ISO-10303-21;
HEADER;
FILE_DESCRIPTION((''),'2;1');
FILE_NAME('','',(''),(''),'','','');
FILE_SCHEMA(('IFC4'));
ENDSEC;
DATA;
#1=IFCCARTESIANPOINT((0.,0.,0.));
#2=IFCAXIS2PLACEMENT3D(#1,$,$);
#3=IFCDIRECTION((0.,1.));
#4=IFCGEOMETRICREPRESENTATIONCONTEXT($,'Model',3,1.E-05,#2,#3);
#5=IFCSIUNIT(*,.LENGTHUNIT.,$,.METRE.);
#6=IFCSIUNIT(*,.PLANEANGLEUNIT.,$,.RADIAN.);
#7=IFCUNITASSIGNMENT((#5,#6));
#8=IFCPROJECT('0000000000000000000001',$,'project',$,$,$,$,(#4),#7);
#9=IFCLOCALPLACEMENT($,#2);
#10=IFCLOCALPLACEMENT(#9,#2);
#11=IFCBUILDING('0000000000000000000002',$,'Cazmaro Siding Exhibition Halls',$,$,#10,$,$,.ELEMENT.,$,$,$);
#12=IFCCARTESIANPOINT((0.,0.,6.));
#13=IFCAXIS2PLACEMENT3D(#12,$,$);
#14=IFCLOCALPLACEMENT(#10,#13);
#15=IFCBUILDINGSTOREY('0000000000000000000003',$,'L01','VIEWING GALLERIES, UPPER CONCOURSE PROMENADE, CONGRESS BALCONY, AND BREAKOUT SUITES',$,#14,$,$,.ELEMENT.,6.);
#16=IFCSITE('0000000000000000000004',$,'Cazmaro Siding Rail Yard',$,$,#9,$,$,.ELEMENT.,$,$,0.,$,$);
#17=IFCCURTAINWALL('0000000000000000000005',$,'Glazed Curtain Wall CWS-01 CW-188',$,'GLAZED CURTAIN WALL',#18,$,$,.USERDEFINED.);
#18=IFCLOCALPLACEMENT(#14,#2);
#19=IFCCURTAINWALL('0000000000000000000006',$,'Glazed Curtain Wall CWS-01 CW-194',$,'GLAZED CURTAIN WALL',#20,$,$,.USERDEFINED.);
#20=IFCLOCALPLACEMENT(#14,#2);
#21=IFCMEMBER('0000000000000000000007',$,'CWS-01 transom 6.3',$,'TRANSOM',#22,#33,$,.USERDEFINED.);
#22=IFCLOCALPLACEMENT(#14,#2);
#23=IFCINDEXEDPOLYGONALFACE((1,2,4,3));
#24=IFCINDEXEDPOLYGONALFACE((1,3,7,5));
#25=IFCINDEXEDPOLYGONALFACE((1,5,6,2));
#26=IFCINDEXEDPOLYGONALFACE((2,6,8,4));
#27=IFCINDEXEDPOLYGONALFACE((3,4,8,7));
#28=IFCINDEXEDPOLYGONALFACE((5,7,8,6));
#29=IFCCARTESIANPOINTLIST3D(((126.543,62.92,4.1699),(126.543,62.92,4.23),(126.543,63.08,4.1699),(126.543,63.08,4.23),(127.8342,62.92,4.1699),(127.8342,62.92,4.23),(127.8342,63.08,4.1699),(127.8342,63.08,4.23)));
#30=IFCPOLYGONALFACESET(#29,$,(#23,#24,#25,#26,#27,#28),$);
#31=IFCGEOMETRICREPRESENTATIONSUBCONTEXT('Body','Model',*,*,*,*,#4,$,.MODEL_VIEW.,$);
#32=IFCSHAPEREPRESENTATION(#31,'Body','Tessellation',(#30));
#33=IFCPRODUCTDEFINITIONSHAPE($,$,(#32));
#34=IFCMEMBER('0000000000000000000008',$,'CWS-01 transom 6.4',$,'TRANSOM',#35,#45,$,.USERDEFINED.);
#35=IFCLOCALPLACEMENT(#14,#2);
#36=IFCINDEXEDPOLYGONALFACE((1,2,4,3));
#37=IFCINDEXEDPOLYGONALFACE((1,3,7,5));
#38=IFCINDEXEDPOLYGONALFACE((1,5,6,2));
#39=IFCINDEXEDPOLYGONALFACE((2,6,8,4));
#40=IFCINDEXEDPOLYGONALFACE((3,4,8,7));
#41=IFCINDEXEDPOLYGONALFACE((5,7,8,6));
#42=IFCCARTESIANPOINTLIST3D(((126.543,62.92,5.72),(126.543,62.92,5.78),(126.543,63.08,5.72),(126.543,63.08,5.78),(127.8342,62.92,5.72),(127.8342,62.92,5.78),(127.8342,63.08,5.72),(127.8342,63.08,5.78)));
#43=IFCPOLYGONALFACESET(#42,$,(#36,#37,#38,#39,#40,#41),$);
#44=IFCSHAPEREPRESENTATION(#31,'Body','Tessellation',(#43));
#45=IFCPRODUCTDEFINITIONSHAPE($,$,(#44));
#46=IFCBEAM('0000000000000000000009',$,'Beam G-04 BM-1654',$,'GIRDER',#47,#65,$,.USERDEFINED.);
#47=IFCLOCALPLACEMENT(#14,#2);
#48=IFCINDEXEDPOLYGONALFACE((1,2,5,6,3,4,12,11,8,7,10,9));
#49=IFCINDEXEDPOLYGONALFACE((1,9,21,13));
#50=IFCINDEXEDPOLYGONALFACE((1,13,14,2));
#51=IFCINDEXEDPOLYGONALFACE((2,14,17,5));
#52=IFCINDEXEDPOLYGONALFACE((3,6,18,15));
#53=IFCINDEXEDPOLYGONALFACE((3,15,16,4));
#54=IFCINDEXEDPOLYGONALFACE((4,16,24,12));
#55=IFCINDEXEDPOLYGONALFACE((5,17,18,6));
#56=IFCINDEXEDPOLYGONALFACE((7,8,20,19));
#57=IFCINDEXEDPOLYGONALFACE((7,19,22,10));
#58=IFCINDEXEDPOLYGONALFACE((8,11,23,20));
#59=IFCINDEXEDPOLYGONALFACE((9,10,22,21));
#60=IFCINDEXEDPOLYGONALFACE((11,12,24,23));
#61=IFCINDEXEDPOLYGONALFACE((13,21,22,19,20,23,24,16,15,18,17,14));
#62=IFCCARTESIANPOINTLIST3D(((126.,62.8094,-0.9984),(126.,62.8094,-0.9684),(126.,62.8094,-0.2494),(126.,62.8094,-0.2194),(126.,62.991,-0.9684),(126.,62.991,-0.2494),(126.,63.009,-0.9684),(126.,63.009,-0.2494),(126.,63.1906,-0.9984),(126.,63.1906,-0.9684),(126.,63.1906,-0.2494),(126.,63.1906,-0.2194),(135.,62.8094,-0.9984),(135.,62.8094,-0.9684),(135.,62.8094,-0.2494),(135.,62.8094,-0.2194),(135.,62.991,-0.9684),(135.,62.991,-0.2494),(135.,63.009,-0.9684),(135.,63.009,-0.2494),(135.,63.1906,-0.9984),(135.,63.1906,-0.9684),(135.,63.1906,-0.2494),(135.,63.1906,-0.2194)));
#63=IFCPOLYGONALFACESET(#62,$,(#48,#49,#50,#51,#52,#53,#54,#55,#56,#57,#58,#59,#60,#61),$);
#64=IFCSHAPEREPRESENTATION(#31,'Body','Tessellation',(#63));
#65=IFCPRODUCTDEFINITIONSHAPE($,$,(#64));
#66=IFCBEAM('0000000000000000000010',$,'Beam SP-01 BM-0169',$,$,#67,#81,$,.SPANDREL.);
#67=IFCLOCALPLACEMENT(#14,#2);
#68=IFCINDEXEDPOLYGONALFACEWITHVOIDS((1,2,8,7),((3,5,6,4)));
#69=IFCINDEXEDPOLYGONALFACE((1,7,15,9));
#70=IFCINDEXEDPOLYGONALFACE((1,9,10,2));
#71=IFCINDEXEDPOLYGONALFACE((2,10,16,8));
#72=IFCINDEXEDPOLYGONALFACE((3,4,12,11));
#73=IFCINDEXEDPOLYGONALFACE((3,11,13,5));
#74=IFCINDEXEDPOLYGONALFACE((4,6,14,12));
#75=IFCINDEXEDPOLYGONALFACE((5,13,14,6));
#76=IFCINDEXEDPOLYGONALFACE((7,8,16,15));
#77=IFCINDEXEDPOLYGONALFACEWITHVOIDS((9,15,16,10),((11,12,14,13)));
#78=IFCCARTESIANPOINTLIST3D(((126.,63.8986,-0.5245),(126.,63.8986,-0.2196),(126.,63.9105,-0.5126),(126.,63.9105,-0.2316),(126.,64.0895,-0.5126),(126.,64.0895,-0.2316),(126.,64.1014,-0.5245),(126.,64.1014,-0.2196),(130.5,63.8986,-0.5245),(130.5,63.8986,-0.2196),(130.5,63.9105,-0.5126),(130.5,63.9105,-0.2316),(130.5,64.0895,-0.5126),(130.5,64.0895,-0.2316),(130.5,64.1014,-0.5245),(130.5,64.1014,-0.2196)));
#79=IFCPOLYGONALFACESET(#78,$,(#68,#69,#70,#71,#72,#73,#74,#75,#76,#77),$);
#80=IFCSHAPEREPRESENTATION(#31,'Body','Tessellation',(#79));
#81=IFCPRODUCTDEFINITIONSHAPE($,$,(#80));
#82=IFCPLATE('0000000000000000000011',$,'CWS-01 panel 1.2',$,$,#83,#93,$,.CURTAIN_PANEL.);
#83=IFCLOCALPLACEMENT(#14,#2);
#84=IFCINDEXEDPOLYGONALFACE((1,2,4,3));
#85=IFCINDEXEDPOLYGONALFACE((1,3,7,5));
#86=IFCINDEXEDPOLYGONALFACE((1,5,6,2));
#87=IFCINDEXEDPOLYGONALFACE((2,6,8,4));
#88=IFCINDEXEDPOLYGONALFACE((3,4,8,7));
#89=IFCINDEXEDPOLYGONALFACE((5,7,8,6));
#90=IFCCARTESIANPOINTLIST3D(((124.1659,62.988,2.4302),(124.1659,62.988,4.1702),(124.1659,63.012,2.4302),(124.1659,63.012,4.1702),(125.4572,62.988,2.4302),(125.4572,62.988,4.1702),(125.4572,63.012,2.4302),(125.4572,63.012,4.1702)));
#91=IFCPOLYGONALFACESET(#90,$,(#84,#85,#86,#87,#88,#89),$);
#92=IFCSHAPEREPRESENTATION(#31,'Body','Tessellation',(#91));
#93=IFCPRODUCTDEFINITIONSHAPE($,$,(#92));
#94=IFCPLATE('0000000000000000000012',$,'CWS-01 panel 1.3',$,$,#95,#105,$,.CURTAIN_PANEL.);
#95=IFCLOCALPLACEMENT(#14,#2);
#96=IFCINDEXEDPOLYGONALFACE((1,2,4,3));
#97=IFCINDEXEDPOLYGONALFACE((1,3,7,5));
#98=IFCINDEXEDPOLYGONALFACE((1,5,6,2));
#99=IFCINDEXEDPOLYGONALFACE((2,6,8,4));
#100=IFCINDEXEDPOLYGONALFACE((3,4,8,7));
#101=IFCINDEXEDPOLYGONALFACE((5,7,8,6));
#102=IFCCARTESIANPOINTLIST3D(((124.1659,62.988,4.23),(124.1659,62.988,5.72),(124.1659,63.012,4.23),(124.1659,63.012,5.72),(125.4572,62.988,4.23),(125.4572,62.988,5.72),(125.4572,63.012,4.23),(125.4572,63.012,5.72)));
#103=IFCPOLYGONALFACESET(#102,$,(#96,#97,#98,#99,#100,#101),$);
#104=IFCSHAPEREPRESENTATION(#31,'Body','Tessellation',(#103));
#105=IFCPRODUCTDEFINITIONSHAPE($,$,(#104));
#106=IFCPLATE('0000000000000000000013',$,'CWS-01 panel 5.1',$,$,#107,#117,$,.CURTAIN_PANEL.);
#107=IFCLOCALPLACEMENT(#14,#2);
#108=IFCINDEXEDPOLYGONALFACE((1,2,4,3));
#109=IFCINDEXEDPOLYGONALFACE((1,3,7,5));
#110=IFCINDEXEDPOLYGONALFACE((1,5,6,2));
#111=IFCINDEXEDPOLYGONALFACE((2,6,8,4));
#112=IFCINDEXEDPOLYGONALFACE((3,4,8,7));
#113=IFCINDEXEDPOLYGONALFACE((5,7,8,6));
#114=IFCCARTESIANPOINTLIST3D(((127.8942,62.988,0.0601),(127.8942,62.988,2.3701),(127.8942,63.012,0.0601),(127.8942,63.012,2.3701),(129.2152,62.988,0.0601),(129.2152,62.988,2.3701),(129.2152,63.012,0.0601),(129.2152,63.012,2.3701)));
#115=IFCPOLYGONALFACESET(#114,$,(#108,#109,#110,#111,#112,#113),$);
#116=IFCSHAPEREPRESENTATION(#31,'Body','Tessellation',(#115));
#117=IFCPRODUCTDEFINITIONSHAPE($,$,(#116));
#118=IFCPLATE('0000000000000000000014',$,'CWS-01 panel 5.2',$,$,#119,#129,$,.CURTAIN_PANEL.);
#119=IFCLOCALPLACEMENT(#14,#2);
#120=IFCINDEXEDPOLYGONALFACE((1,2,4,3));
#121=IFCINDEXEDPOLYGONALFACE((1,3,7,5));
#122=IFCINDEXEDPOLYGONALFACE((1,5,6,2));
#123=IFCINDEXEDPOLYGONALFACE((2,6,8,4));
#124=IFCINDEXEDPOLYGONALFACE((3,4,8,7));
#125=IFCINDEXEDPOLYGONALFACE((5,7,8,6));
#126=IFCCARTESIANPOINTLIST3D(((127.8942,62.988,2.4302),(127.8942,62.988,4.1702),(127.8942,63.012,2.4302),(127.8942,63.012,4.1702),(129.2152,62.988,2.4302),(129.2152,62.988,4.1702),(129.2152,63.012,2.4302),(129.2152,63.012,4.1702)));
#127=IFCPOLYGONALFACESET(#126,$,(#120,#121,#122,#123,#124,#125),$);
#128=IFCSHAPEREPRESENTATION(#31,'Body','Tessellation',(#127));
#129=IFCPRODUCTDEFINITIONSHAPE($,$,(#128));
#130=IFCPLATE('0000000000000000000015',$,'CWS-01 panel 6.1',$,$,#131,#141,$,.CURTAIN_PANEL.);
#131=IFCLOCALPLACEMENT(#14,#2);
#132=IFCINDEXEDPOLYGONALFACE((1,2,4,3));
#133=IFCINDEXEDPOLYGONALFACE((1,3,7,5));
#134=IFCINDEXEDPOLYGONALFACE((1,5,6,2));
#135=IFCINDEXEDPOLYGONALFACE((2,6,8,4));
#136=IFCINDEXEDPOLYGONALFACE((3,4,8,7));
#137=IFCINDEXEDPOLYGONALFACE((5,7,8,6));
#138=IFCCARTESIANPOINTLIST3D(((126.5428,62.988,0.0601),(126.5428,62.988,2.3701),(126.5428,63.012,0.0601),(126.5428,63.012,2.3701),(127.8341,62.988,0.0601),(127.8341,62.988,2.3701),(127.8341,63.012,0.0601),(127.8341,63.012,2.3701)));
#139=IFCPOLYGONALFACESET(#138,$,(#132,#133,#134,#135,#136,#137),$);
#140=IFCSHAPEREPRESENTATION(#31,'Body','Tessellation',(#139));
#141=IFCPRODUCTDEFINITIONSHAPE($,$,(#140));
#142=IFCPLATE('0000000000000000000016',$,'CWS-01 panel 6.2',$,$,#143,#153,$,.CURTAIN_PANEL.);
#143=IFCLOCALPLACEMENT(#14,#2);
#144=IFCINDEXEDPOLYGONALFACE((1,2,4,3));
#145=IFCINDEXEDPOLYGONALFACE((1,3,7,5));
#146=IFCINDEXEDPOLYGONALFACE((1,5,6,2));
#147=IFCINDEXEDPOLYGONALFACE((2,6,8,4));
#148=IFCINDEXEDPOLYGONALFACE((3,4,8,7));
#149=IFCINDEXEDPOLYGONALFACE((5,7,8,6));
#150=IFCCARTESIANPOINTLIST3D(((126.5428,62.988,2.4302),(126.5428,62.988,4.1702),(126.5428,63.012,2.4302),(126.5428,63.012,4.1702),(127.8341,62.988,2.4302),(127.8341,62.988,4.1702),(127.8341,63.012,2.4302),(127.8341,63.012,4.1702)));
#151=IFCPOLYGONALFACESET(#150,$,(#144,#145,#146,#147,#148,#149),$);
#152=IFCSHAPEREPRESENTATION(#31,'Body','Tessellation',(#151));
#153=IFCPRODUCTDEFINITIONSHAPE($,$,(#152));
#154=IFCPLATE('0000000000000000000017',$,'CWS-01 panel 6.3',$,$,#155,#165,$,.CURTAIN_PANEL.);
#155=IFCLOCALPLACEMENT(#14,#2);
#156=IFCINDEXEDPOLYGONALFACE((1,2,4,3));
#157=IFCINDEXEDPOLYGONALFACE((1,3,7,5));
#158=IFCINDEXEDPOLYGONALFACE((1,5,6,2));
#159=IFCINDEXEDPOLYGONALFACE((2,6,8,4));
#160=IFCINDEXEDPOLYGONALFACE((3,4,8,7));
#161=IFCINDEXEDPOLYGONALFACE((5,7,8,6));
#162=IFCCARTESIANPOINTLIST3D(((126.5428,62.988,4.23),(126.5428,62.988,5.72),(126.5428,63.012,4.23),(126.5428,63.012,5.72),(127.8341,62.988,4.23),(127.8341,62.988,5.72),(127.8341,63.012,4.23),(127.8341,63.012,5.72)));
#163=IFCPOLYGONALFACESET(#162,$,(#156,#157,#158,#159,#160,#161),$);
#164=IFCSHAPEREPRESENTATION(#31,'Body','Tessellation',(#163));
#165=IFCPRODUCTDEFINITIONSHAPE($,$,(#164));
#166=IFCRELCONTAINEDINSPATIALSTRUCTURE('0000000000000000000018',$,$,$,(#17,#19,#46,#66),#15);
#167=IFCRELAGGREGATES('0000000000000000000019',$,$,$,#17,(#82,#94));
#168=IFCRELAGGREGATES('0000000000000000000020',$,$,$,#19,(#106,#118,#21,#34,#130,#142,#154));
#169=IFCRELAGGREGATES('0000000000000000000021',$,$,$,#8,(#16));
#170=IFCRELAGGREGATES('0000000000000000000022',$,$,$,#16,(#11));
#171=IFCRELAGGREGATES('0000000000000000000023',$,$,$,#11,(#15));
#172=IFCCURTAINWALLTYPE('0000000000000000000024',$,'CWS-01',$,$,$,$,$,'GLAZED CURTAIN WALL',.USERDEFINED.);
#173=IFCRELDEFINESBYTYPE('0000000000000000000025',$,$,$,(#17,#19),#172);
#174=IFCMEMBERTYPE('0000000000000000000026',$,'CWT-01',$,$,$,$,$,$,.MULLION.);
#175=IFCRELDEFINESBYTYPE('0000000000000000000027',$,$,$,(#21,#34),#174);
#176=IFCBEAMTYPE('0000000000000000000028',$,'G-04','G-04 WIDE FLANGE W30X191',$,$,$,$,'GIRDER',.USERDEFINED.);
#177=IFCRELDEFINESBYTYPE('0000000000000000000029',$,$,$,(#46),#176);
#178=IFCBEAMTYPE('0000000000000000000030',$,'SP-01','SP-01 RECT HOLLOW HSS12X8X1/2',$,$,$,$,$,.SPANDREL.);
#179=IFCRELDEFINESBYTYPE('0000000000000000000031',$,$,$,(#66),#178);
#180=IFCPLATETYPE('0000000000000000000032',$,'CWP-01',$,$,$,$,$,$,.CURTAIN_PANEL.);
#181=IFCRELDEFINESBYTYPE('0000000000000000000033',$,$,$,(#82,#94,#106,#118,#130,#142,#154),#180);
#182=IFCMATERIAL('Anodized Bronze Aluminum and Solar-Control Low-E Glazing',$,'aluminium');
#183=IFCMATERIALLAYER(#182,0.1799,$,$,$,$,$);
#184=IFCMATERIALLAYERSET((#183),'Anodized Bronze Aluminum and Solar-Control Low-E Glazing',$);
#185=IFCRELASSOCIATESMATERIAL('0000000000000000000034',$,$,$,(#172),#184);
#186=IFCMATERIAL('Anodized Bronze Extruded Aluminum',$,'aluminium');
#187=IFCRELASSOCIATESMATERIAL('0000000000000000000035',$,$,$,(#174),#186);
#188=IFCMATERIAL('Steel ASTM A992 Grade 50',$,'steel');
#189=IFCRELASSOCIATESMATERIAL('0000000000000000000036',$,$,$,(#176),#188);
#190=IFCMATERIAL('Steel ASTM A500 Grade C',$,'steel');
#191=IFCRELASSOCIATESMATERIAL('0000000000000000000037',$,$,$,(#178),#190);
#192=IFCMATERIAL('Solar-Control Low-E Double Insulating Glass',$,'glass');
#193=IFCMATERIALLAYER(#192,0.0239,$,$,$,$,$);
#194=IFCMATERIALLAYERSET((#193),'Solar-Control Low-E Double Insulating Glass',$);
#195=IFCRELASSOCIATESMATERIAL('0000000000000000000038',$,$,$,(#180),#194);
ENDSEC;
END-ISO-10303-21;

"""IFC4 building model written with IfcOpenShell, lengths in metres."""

from ifc_helpers import new_model, si_unit, direction, frame, origin, origin_2d, place, context, subcontext, project, spatial, rectangle, hollow_rectangle, i_section, extrude, material, layer, layer_set, material_profile, profile_set, type_object, element, aggregate, save


model = new_model("IFC4")

# Units and contexts
model_context = context("Model", 3, precision=1e-05, world=origin(), true_north=direction((0.0, 1.0)))
body_context = subcontext(model_context, "Body", "Model", "MODEL_VIEW")
ifc_project = project(units=[si_unit("LENGTHUNIT", "METRE"), si_unit("PLANEANGLEUNIT", "RADIAN")], contexts=[model_context])

# Site, building, storey
site_placement = place(None, origin())
site = spatial("IfcSite", under=ifc_project, at=site_placement, Name="Cazmaro Siding Rail Yard", CompositionType="ELEMENT", RefElevation=0.0)
building_placement = place(site_placement, origin())
building = spatial("IfcBuilding", under=site, at=building_placement, Name="Cazmaro Siding Exhibition Halls", CompositionType="ELEMENT")
storey_placement = place(building_placement, frame((0.0, 0.0, 6.0)))
storey = spatial("IfcBuildingStorey", under=building, at=storey_placement, Name="L01", Description="VIEWING GALLERIES, UPPER CONCOURSE PROMENADE, CONGRESS BALCONY, AND BREAKOUT SUITES", CompositionType="ELEMENT", Elevation=6.0)

# Curtain wall
ifc_material_1 = material(Name="Anodized Bronze Aluminum and Solar-Control Low-E Glazing", Category="aluminium")
ifc_layer_1 = layer(ifc_material_1, 0.1799)
ifc_layer_set_1 = layer_set([ifc_layer_1], Name="Anodized Bronze Aluminum and Solar-Control Low-E Glazing")
curtain_wall_type = type_object("IfcCurtainWallType", Name="CWS-01", ElementType="GLAZED CURTAIN WALL", PredefinedType="USERDEFINED", material=ifc_layer_set_1)
curtain_wall_1_placement = place(storey_placement, origin())
curtain_wall_1 = element("IfcCurtainWall", 1, at=curtain_wall_1_placement, inside=storey, type_object=curtain_wall_type, Name="Glazed Curtain Wall CWS-01 CW-188", ObjectType="GLAZED CURTAIN WALL", PredefinedType="USERDEFINED")

# Curtain wall
curtain_wall_2_placement = place(storey_placement, origin())
curtain_wall_2 = element("IfcCurtainWall", 2, at=curtain_wall_2_placement, inside=storey, type_object=curtain_wall_type, Name="Glazed Curtain Wall CWS-01 CW-194", ObjectType="GLAZED CURTAIN WALL", PredefinedType="USERDEFINED")

# Members
ifc_material_2 = material(Name="Anodized Bronze Extruded Aluminum", Category="aluminium")
ifc_material_profile_1 = material_profile(ifc_material_2, rectangle(XDim=0.1599, YDim=0.0601, at=origin_2d()), Name="CWT-01")
ifc_profile_set_1 = profile_set([ifc_material_profile_1], Name="Anodized Bronze Extruded Aluminum")
member_type_1 = type_object("IfcMemberType", Name="CWT-01", PredefinedType="MULLION", material=ifc_profile_set_1)
member_1_placement = place(storey_placement, frame((127.8342, 63.0, 4.2), z_axis=(-1.0, 0.0, 0.0), x_axis=(0.0, -1.0, 0.0)))
member_1 = element("IfcMember", 3, at=member_1_placement, type_object=member_type_1, Name="CWS-01 transom 6.3", ObjectType="TRANSOM", PredefinedType="USERDEFINED", context=body_context, shape_type="SweptSolid", body=[
    extrude(rectangle(XDim=0.1599, YDim=0.0601, at=origin_2d()), origin(), (0.0, 0.0, 1.0), 1.2913),
])
member_2_placement = place(storey_placement, frame((127.8342, 63.0, 5.75), z_axis=(-1.0, 0.0, 0.0), x_axis=(0.0, -1.0, 0.0)))
member_2 = element("IfcMember", 4, at=member_2_placement, type_object=member_type_1, Name="CWS-01 transom 6.4", ObjectType="TRANSOM", PredefinedType="USERDEFINED", context=body_context, shape_type="SweptSolid", body=[
    extrude(rectangle(XDim=0.1599, YDim=0.0601, at=origin_2d()), origin(), (0.0, 0.0, 1.0), 1.2913),
])

# Beams
ifc_material_3 = material(Name="Steel ASTM A992 Grade 50", Category="steel")
ifc_material_profile_2 = material_profile(ifc_material_3, i_section(OverallWidth=0.3811, OverallDepth=0.7791, WebThickness=0.0181, FlangeThickness=0.03, at=origin_2d()), Name="W30X191")
ifc_profile_set_2 = profile_set([ifc_material_profile_2], Name="Steel ASTM A992 Grade 50")
beam_type_1 = type_object("IfcBeamType", Name="G-04", Description="G-04 WIDE FLANGE W30X191", ElementType="GIRDER", PredefinedType="USERDEFINED", material=ifc_profile_set_2)
beam_1_placement = place(storey_placement, frame((126.0, 63.0, -0.6089), z_axis=(1.0, 0.0, 0.0), x_axis=(0.0, 1.0, 0.0)))
element("IfcBeam", 5, at=beam_1_placement, inside=storey, type_object=beam_type_1, Name="Beam G-04 BM-1654", ObjectType="GIRDER", PredefinedType="USERDEFINED", context=body_context, shape_type="SweptSolid", body=[
    extrude(i_section(OverallWidth=0.3811, OverallDepth=0.7791, WebThickness=0.0181, FlangeThickness=0.03, at=origin_2d()), origin(), (0.0, 0.0, 1.0), 9.0),
])
ifc_material_4 = material(Name="Steel ASTM A500 Grade C", Category="steel")
ifc_material_profile_3 = material_profile(ifc_material_4, hollow_rectangle(XDim=0.2029, YDim=0.3049, WallThickness=0.012, at=origin_2d()), Name="HSS12X8X1/2")
ifc_profile_set_3 = profile_set([ifc_material_profile_3], Name="Steel ASTM A500 Grade C")
beam_type_2 = type_object("IfcBeamType", Name="SP-01", Description="SP-01 RECT HOLLOW HSS12X8X1/2", PredefinedType="SPANDREL", material=ifc_profile_set_3)
beam_2_placement = place(storey_placement, frame((126.0, 64.0, -0.3721), z_axis=(1.0, 0.0, 0.0), x_axis=(0.0, 1.0, 0.0)))
element("IfcBeam", 6, at=beam_2_placement, inside=storey, type_object=beam_type_2, Name="Beam SP-01 BM-0169", PredefinedType="SPANDREL", context=body_context, shape_type="SweptSolid", body=[
    extrude(hollow_rectangle(XDim=0.2029, YDim=0.3049, WallThickness=0.012, at=origin_2d()), origin(), (0.0, 0.0, 1.0), 4.5),
])

# Plates
ifc_material_5 = material(Name="Solar-Control Low-E Double Insulating Glass", Category="glass")
ifc_layer_2 = layer(ifc_material_5, 0.0239)
ifc_layer_set_2 = layer_set([ifc_layer_2], Name="Solar-Control Low-E Double Insulating Glass")
plate_type = type_object("IfcPlateType", Name="CWP-01", PredefinedType="CURTAIN_PANEL", material=ifc_layer_set_2)
plate_1_placement = place(storey_placement, frame((124.8115, 63.0, 2.4302), z_axis=(0.0, 0.0, 1.0), x_axis=(-1.0, 0.0, 0.0)))
plate_1 = element("IfcPlate", 7, at=plate_1_placement, type_object=plate_type, Name="CWS-01 panel 1.2", PredefinedType="CURTAIN_PANEL", context=body_context, shape_type="SweptSolid", body=[
    extrude(rectangle(XDim=1.2913, YDim=0.0239, at=origin_2d()), origin(), (0.0, 0.0, 1.0), 1.74),
])
plate_2_placement = place(storey_placement, frame((124.8115, 63.0, 4.23), z_axis=(0.0, 0.0, 1.0), x_axis=(-1.0, 0.0, 0.0)))
plate_2 = element("IfcPlate", 8, at=plate_2_placement, type_object=plate_type, Name="CWS-01 panel 1.3", PredefinedType="CURTAIN_PANEL", context=body_context, shape_type="SweptSolid", body=[
    extrude(rectangle(XDim=1.2913, YDim=0.0239, at=origin_2d()), origin(), (0.0, 0.0, 1.0), 1.49),
])
aggregate(curtain_wall_1, [plate_1, plate_2])
plate_3_placement = place(storey_placement, frame((128.5547, 63.0, 0.0601), z_axis=(0.0, 0.0, 1.0), x_axis=(-1.0, 0.0, 0.0)))
plate_3 = element("IfcPlate", 9, at=plate_3_placement, type_object=plate_type, Name="CWS-01 panel 5.1", PredefinedType="CURTAIN_PANEL", context=body_context, shape_type="SweptSolid", body=[
    extrude(rectangle(XDim=1.321, YDim=0.0239, at=origin_2d()), origin(), (0.0, 0.0, 1.0), 2.3101),
])
plate_4_placement = place(storey_placement, frame((128.5547, 63.0, 2.4302), z_axis=(0.0, 0.0, 1.0), x_axis=(-1.0, 0.0, 0.0)))
plate_4 = element("IfcPlate", 10, at=plate_4_placement, type_object=plate_type, Name="CWS-01 panel 5.2", PredefinedType="CURTAIN_PANEL", context=body_context, shape_type="SweptSolid", body=[
    extrude(rectangle(XDim=1.321, YDim=0.0239, at=origin_2d()), origin(), (0.0, 0.0, 1.0), 1.74),
])
plate_5_placement = place(storey_placement, frame((127.1885, 63.0, 0.0601), z_axis=(0.0, 0.0, 1.0), x_axis=(-1.0, 0.0, 0.0)))
plate_5 = element("IfcPlate", 11, at=plate_5_placement, type_object=plate_type, Name="CWS-01 panel 6.1", PredefinedType="CURTAIN_PANEL", context=body_context, shape_type="SweptSolid", body=[
    extrude(rectangle(XDim=1.2913, YDim=0.0239, at=origin_2d()), origin(), (0.0, 0.0, 1.0), 2.3101),
])
plate_6_placement = place(storey_placement, frame((127.1885, 63.0, 2.4302), z_axis=(0.0, 0.0, 1.0), x_axis=(-1.0, 0.0, 0.0)))
plate_6 = element("IfcPlate", 12, at=plate_6_placement, type_object=plate_type, Name="CWS-01 panel 6.2", PredefinedType="CURTAIN_PANEL", context=body_context, shape_type="SweptSolid", body=[
    extrude(rectangle(XDim=1.2913, YDim=0.0239, at=origin_2d()), origin(), (0.0, 0.0, 1.0), 1.74),
])
plate_7_placement = place(storey_placement, frame((127.1885, 63.0, 4.23), z_axis=(0.0, 0.0, 1.0), x_axis=(-1.0, 0.0, 0.0)))
plate_7 = element("IfcPlate", 13, at=plate_7_placement, type_object=plate_type, Name="CWS-01 panel 6.3", PredefinedType="CURTAIN_PANEL", context=body_context, shape_type="SweptSolid", body=[
    extrude(rectangle(XDim=1.2913, YDim=0.0239, at=origin_2d()), origin(), (0.0, 0.0, 1.0), 1.49),
])
aggregate(curtain_wall_2, [plate_3, plate_4, member_1, member_2, plate_5, plate_6, plate_7])

save(model, "model.ifc")
